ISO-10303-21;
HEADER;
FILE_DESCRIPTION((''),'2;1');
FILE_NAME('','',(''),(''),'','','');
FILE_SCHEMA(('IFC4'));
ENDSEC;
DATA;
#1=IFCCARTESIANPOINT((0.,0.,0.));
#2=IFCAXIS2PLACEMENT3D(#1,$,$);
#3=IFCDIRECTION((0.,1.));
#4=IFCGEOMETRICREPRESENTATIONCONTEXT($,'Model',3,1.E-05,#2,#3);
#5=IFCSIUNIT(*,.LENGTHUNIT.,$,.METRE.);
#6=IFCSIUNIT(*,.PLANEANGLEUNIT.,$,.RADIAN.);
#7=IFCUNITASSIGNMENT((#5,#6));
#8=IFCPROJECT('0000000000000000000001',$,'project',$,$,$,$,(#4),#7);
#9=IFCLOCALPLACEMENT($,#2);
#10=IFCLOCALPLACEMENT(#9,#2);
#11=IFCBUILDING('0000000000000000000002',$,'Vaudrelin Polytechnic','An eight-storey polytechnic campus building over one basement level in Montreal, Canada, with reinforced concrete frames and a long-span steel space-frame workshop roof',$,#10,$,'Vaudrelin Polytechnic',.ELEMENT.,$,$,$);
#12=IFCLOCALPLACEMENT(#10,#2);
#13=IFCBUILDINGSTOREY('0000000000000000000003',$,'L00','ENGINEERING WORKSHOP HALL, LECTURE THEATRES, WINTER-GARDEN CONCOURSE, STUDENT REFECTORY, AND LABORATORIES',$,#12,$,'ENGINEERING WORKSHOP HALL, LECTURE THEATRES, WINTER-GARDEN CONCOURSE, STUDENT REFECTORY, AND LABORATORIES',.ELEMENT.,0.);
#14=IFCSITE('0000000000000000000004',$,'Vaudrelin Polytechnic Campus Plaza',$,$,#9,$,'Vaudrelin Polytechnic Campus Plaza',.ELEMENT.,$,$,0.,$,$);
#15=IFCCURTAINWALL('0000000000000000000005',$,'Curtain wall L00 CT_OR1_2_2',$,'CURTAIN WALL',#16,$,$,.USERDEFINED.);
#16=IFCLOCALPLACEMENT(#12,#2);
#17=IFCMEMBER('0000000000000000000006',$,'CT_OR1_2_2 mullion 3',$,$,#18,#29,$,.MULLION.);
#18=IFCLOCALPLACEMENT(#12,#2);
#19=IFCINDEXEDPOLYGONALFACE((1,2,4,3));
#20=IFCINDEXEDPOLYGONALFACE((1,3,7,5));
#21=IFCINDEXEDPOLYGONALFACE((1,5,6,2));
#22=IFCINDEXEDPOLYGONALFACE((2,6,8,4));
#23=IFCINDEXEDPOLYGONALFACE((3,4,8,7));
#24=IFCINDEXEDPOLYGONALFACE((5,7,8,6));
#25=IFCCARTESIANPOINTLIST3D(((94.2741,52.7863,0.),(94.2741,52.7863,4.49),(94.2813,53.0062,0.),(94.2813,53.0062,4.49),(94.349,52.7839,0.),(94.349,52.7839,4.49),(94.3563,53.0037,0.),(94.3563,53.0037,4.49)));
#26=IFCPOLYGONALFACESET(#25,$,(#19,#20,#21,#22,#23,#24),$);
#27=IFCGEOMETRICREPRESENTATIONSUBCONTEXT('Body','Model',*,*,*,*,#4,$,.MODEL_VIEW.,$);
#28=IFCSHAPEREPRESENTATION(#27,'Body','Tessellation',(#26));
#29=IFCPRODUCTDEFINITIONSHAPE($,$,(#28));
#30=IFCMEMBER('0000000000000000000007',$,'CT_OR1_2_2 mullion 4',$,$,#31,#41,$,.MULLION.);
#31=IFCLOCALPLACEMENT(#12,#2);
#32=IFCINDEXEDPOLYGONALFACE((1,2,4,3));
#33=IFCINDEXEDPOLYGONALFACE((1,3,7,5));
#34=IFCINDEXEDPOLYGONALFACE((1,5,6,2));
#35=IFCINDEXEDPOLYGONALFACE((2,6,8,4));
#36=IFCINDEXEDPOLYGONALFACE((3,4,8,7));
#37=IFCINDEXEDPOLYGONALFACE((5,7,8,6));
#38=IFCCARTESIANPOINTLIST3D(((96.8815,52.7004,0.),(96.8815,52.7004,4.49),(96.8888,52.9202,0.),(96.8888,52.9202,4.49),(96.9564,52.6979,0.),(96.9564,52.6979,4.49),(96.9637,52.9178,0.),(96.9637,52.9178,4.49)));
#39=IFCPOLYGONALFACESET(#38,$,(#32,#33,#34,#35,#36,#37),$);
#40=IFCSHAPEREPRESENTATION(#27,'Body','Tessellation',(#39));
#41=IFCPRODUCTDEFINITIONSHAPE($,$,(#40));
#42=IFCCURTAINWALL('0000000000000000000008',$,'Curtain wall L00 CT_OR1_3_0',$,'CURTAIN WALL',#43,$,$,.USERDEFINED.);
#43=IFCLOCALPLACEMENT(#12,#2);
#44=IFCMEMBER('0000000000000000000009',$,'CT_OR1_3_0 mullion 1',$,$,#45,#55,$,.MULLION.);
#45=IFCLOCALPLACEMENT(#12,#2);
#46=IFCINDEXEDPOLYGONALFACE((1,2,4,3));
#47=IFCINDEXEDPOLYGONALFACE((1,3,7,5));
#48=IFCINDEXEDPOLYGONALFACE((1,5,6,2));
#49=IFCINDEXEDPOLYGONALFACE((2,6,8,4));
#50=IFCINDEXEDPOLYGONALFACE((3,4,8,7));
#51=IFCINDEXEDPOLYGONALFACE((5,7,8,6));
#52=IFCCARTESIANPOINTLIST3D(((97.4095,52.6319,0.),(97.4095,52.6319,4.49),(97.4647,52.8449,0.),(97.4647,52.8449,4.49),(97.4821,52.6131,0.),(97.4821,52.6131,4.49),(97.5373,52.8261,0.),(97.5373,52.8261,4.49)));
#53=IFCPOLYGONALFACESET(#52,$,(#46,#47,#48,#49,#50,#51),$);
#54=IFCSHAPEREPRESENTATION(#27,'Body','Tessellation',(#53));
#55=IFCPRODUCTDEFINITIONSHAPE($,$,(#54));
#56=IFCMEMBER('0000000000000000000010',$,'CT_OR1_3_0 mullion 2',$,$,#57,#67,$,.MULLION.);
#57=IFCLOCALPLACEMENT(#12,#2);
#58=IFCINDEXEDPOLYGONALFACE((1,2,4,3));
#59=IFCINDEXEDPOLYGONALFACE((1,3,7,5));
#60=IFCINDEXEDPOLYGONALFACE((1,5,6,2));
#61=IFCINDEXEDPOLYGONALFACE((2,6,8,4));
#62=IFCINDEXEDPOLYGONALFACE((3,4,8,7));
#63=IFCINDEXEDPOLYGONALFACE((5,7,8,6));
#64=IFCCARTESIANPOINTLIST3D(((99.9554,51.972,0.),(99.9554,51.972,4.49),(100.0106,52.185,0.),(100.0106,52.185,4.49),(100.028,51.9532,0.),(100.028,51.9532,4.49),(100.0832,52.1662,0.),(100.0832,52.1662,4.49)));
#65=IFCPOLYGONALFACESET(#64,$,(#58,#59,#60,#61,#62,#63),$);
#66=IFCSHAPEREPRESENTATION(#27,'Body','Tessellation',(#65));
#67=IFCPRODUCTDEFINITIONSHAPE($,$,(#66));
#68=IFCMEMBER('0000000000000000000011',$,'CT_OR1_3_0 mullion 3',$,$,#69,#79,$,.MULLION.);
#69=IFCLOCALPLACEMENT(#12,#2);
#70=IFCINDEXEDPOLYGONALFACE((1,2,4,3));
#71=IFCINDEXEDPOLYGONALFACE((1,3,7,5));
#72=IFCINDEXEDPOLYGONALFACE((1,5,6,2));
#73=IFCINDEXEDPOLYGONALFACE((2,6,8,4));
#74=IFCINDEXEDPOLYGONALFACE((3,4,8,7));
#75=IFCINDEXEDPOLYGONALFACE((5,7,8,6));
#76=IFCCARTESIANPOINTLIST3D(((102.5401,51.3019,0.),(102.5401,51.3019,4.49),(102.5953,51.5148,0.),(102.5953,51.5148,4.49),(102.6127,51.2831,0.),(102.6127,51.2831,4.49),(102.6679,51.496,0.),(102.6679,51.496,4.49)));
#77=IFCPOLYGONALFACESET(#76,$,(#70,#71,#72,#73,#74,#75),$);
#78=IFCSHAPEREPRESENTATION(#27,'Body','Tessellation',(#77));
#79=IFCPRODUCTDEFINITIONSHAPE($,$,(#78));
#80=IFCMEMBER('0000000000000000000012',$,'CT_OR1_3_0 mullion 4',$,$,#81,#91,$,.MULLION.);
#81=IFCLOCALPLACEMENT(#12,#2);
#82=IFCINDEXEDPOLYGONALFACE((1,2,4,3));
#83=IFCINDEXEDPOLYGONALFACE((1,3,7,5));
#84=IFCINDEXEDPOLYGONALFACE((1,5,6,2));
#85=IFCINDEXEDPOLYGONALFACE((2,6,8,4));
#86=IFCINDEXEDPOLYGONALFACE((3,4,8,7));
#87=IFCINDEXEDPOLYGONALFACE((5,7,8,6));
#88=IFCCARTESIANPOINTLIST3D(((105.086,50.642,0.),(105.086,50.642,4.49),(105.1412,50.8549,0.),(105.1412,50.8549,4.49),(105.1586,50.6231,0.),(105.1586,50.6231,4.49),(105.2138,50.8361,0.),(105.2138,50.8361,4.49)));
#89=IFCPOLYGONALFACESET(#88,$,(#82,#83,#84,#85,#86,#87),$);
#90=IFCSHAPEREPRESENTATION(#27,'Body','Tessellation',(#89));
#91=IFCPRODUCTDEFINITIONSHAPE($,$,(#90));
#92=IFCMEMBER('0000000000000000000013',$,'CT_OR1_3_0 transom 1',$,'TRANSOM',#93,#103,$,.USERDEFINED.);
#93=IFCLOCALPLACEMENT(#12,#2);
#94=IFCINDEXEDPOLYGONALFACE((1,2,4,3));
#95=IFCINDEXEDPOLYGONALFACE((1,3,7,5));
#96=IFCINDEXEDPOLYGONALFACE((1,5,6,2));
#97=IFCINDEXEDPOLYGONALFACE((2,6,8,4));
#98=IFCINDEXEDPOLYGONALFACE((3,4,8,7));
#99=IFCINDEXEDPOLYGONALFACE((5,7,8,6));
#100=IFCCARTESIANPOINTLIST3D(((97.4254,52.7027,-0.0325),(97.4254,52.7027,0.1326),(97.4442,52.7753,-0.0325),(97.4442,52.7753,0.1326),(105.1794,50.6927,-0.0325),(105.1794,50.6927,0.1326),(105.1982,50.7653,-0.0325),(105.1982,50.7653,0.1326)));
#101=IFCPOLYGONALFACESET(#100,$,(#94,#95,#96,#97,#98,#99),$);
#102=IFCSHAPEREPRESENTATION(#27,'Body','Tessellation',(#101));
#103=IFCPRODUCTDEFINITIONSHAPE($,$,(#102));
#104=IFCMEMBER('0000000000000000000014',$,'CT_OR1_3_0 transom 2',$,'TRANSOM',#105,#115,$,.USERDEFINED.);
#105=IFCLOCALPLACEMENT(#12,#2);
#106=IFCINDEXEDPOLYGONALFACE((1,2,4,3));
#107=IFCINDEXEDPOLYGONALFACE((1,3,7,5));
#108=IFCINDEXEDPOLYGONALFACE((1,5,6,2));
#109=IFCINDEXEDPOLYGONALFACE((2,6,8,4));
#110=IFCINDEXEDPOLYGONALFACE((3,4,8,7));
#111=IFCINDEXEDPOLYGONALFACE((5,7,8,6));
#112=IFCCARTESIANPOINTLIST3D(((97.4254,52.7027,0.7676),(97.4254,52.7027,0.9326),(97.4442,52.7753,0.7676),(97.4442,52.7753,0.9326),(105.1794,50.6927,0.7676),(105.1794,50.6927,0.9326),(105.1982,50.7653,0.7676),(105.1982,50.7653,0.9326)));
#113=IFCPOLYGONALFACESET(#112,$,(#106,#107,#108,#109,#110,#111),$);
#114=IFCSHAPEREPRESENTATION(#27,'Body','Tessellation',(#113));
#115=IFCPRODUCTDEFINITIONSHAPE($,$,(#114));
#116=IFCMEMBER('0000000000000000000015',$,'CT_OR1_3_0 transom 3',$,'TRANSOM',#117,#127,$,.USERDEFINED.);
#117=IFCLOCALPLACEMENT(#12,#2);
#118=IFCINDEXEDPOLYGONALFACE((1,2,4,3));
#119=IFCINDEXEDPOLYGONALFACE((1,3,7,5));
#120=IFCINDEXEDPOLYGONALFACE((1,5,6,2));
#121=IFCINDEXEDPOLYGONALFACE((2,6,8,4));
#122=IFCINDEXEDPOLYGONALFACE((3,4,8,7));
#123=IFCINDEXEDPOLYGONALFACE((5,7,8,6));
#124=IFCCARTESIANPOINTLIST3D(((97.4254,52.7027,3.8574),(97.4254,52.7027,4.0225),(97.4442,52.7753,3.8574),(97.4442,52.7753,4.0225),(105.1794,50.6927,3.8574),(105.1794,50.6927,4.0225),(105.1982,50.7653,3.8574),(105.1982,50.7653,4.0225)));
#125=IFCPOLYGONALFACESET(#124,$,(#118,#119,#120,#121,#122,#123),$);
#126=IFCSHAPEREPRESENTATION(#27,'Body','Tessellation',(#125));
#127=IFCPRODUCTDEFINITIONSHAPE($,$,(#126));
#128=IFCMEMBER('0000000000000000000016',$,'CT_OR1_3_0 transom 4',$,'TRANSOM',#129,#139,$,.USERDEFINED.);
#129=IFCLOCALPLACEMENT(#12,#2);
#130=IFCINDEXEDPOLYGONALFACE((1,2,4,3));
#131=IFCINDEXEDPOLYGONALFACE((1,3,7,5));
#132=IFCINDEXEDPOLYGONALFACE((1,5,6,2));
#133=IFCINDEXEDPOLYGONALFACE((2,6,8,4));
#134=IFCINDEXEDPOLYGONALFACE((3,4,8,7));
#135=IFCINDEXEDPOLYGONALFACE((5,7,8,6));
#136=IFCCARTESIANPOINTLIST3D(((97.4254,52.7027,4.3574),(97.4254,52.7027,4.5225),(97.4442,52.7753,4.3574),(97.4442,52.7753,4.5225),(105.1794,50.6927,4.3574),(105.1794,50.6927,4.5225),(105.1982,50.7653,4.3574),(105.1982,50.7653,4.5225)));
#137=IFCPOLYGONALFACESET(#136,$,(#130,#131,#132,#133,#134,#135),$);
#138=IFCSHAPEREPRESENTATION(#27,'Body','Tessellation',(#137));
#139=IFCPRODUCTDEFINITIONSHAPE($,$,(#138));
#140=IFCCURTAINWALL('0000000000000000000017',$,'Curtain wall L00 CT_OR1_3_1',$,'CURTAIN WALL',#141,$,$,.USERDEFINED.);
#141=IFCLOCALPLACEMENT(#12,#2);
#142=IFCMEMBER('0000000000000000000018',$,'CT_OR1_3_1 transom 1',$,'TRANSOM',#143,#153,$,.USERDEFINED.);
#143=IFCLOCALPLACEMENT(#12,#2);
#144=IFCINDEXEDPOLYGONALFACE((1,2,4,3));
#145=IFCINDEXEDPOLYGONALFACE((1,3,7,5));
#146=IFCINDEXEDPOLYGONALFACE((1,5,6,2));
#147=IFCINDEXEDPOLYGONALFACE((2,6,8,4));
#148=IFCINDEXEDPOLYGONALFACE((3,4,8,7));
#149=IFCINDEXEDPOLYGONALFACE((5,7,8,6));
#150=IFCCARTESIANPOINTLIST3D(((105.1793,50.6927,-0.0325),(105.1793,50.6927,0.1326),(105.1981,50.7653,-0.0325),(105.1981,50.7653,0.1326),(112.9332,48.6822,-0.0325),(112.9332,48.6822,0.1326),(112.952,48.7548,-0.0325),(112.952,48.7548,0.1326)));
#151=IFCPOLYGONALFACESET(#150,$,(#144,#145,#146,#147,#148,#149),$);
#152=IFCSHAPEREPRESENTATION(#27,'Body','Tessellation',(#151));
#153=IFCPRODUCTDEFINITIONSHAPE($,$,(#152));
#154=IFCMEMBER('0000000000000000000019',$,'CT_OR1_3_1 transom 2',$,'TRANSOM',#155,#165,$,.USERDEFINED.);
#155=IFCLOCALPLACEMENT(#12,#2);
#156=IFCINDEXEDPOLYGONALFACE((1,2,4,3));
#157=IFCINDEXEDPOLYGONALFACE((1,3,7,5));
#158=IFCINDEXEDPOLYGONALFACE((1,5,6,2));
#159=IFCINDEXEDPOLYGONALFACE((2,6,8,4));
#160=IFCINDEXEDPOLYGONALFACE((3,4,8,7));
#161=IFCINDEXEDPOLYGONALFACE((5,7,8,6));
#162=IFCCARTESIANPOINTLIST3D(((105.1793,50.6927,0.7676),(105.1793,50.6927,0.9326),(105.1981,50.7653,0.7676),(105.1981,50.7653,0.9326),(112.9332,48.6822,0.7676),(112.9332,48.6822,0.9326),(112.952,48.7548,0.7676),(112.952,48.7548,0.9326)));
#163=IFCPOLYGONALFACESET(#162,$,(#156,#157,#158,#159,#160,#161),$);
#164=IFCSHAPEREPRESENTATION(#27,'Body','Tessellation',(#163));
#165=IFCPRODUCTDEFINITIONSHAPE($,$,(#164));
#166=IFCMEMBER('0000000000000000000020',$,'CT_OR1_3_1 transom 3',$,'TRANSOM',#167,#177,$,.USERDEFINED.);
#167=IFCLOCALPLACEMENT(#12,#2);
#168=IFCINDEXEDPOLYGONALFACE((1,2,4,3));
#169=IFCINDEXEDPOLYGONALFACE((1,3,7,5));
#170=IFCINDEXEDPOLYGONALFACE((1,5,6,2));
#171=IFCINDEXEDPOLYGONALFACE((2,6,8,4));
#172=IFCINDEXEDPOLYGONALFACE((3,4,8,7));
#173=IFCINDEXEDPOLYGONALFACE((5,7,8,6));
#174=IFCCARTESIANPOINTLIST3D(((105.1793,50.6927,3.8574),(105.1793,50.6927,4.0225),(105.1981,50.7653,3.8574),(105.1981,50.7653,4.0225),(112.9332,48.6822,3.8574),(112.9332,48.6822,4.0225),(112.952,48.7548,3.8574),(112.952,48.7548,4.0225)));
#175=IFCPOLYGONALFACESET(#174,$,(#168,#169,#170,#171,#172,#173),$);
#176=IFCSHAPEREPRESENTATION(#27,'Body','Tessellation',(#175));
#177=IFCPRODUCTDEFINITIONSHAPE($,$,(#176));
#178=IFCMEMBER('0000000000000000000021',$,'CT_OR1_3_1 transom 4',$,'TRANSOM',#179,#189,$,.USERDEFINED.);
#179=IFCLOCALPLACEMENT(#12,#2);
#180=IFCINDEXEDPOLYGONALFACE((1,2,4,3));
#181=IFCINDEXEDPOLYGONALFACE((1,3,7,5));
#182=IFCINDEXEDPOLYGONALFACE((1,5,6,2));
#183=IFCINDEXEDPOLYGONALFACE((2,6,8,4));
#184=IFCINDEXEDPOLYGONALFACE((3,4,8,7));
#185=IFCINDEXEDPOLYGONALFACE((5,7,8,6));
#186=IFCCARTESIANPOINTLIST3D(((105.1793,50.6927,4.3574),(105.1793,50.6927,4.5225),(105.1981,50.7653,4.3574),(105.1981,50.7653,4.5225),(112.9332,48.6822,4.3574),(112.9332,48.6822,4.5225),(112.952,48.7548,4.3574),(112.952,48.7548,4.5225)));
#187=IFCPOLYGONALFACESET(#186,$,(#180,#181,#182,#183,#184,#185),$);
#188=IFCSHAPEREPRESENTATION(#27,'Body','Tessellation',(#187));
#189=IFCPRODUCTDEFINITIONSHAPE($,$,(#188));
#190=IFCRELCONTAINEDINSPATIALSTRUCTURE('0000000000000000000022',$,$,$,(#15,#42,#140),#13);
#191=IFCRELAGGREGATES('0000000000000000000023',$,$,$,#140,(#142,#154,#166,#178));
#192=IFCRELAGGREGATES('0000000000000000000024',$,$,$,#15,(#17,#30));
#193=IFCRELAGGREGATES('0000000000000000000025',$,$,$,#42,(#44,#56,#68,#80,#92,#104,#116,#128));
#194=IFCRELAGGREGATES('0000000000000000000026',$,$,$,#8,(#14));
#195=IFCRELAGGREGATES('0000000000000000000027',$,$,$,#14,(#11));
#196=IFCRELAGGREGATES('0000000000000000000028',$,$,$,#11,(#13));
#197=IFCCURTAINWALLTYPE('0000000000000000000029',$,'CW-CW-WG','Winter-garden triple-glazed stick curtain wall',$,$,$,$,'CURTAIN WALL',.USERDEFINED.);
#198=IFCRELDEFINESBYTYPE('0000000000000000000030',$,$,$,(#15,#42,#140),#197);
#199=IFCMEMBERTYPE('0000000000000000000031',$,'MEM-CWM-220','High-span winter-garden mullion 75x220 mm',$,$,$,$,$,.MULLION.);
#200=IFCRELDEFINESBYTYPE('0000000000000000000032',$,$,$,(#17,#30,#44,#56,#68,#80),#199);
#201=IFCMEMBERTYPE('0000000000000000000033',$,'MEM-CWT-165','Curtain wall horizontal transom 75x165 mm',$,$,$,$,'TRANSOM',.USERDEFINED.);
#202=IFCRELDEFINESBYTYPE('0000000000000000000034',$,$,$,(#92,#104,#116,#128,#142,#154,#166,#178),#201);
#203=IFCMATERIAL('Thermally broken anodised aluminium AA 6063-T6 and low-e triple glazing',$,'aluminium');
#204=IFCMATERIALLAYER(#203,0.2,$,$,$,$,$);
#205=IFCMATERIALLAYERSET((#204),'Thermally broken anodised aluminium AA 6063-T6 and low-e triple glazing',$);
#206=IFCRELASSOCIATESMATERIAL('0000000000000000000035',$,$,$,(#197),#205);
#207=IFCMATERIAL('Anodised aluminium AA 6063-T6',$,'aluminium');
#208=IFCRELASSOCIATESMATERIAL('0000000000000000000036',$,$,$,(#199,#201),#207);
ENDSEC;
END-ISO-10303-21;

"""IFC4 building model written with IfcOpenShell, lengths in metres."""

from ifc_helpers import new_model, si_unit, direction, frame, origin, origin_2d, place, context, subcontext, project, spatial, rectangle, extrude, material, layer, layer_set, material_profile, profile_set, type_object, element, aggregate, save


model = new_model("IFC4")

# Units and contexts
model_context = context("Model", 3, precision=1e-05, world=origin(), true_north=direction((0.0, 1.0)))
body_context = subcontext(model_context, "Body", "Model", "MODEL_VIEW")
ifc_project = project(units=[si_unit("LENGTHUNIT", "METRE"), si_unit("PLANEANGLEUNIT", "RADIAN")], contexts=[model_context])

# Site, building, storey
site_placement = place(None, origin())
site = spatial("IfcSite", under=ifc_project, at=site_placement, Name="Vaudrelin Polytechnic Campus Plaza", LongName="Vaudrelin Polytechnic Campus Plaza", CompositionType="ELEMENT", RefElevation=0.0)
building_placement = place(site_placement, origin())
building = spatial("IfcBuilding", under=site, at=building_placement, Name="Vaudrelin Polytechnic", Description="An eight-storey polytechnic campus building over one basement level in Montreal, Canada, with reinforced concrete frames and a long-span steel space-frame workshop roof", LongName="Vaudrelin Polytechnic", CompositionType="ELEMENT")
storey_placement = place(building_placement, origin())
storey = spatial("IfcBuildingStorey", under=building, at=storey_placement, Name="L00", Description="ENGINEERING WORKSHOP HALL, LECTURE THEATRES, WINTER-GARDEN CONCOURSE, STUDENT REFECTORY, AND LABORATORIES", LongName="ENGINEERING WORKSHOP HALL, LECTURE THEATRES, WINTER-GARDEN CONCOURSE, STUDENT REFECTORY, AND LABORATORIES", CompositionType="ELEMENT", Elevation=0.0)

# Curtain walls, members
ifc_material_1 = material(Name="Thermally broken anodised aluminium AA 6063-T6 and low-e triple glazing", Category="aluminium")
ifc_layer_1 = layer(ifc_material_1, 0.2)
ifc_layer_set_1 = layer_set([ifc_layer_1], Name="Thermally broken anodised aluminium AA 6063-T6 and low-e triple glazing")
curtain_wall_type = type_object("IfcCurtainWallType", Name="CW-CW-WG", Description="Winter-garden triple-glazed stick curtain wall", ElementType="CURTAIN WALL", PredefinedType="USERDEFINED", material=ifc_layer_set_1)
curtain_wall_1_placement = place(storey_placement, origin())
curtain_wall_1 = element("IfcCurtainWall", 1, at=curtain_wall_1_placement, inside=storey, type_object=curtain_wall_type, Name="Curtain wall L00 CT_OR1_2_2", ObjectType="CURTAIN WALL", PredefinedType="USERDEFINED")
ifc_material_2 = material(Name="Anodised aluminium AA 6063-T6", Category="aluminium")
ifc_material_profile_1 = material_profile(ifc_material_2, rectangle(XDim=0.075, YDim=0.22, at=origin_2d()), Name="CWM-75x220")
ifc_profile_set_1 = profile_set([ifc_material_profile_1], Name="Anodised aluminium AA 6063-T6")
member_type_1 = type_object("IfcMemberType", Name="MEM-CWM-220", Description="High-span winter-garden mullion 75x220 mm", PredefinedType="MULLION", material=ifc_profile_set_1)
member_1_placement = place(storey_placement, frame((94.3152, 52.895, 0.0), z_axis=(0.0, 0.0, 1.0), x_axis=(0.999458, -0.03291, 0.0)))
member_1 = element("IfcMember", 2, at=member_1_placement, type_object=member_type_1, Name="CT_OR1_2_2 mullion 3", PredefinedType="MULLION", context=body_context, shape_type="SweptSolid", body=[
    extrude(rectangle(XDim=0.075, YDim=0.22, at=origin_2d()), origin(), (0.0, 0.0, 1.0), 4.49),
])
member_2_placement = place(storey_placement, frame((96.9226, 52.8091, 0.0), z_axis=(0.0, 0.0, 1.0), x_axis=(0.999458, -0.03291, 0.0)))
member_2 = element("IfcMember", 3, at=member_2_placement, type_object=member_type_1, Name="CT_OR1_2_2 mullion 4", PredefinedType="MULLION", context=body_context, shape_type="SweptSolid", body=[
    extrude(rectangle(XDim=0.075, YDim=0.22, at=origin_2d()), origin(), (0.0, 0.0, 1.0), 4.49),
])
curtain_wall_2_placement = place(storey_placement, origin())
curtain_wall_2 = element("IfcCurtainWall", 4, at=curtain_wall_2_placement, inside=storey, type_object=curtain_wall_type, Name="Curtain wall L00 CT_OR1_3_0", ObjectType="CURTAIN WALL", PredefinedType="USERDEFINED")
member_3_placement = place(storey_placement, frame((97.4734, 52.729, 0.0), z_axis=(0.0, 0.0, 1.0), x_axis=(0.967999, -0.250954, 0.0)))
member_3 = element("IfcMember", 5, at=member_3_placement, type_object=member_type_1, Name="CT_OR1_3_0 mullion 1", PredefinedType="MULLION", context=body_context, shape_type="SweptSolid", body=[
    extrude(rectangle(XDim=0.075, YDim=0.22, at=origin_2d()), origin(), (0.0, 0.0, 1.0), 4.49),
])
member_4_placement = place(storey_placement, frame((100.0193, 52.0691, 0.0), z_axis=(0.0, 0.0, 1.0), x_axis=(0.967999, -0.250954, 0.0)))
member_4 = element("IfcMember", 6, at=member_4_placement, type_object=member_type_1, Name="CT_OR1_3_0 mullion 2", PredefinedType="MULLION", context=body_context, shape_type="SweptSolid", body=[
    extrude(rectangle(XDim=0.075, YDim=0.22, at=origin_2d()), origin(), (0.0, 0.0, 1.0), 4.49),
])
member_5_placement = place(storey_placement, frame((102.604, 51.3989, 0.0), z_axis=(0.0, 0.0, 1.0), x_axis=(0.967999, -0.250954, 0.0)))
member_5 = element("IfcMember", 7, at=member_5_placement, type_object=member_type_1, Name="CT_OR1_3_0 mullion 3", PredefinedType="MULLION", context=body_context, shape_type="SweptSolid", body=[
    extrude(rectangle(XDim=0.075, YDim=0.22, at=origin_2d()), origin(), (0.0, 0.0, 1.0), 4.49),
])
member_6_placement = place(storey_placement, frame((105.1499, 50.739, 0.0), z_axis=(0.0, 0.0, 1.0), x_axis=(0.967999, -0.250954, 0.0)))
member_6 = element("IfcMember", 8, at=member_6_placement, type_object=member_type_1, Name="CT_OR1_3_0 mullion 4", PredefinedType="MULLION", context=body_context, shape_type="SweptSolid", body=[
    extrude(rectangle(XDim=0.075, YDim=0.22, at=origin_2d()), origin(), (0.0, 0.0, 1.0), 4.49),
])
ifc_material_profile_2 = material_profile(ifc_material_2, rectangle(XDim=0.075, YDim=0.165, at=origin_2d()), Name="CWT-75x165")
ifc_profile_set_2 = profile_set([ifc_material_profile_2], Name="Anodised aluminium AA 6063-T6")
member_type_2 = type_object("IfcMemberType", Name="MEM-CWT-165", Description="Curtain wall horizontal transom 75x165 mm", ElementType="TRANSOM", PredefinedType="USERDEFINED", material=ifc_profile_set_2)
member_7_placement = place(storey_placement, frame((97.4348, 52.739, 0.05), z_axis=(0.968005, -0.250931, 0.0), x_axis=(0.250931, 0.968005, 0.0)))
member_7 = element("IfcMember", 9, at=member_7_placement, type_object=member_type_2, Name="CT_OR1_3_0 transom 1", ObjectType="TRANSOM", PredefinedType="USERDEFINED", context=body_context, shape_type="SweptSolid", body=[
    extrude(rectangle(XDim=0.075, YDim=0.165, at=origin_2d()), origin(), (0.0, 0.0, 1.0), 8.0103),
])
member_8_placement = place(storey_placement, frame((97.4348, 52.739, 0.8501), z_axis=(0.968005, -0.250931, 0.0), x_axis=(0.250931, 0.968005, 0.0)))
member_8 = element("IfcMember", 10, at=member_8_placement, type_object=member_type_2, Name="CT_OR1_3_0 transom 2", ObjectType="TRANSOM", PredefinedType="USERDEFINED", context=body_context, shape_type="SweptSolid", body=[
    extrude(rectangle(XDim=0.075, YDim=0.165, at=origin_2d()), origin(), (0.0, 0.0, 1.0), 8.0103),
])
member_9_placement = place(storey_placement, frame((97.4348, 52.739, 3.9399), z_axis=(0.968005, -0.250931, 0.0), x_axis=(0.250931, 0.968005, 0.0)))
member_9 = element("IfcMember", 11, at=member_9_placement, type_object=member_type_2, Name="CT_OR1_3_0 transom 3", ObjectType="TRANSOM", PredefinedType="USERDEFINED", context=body_context, shape_type="SweptSolid", body=[
    extrude(rectangle(XDim=0.075, YDim=0.165, at=origin_2d()), origin(), (0.0, 0.0, 1.0), 8.0103),
])
member_10_placement = place(storey_placement, frame((97.4348, 52.739, 4.4399), z_axis=(0.968005, -0.250931, 0.0), x_axis=(0.250931, 0.968005, 0.0)))
member_10 = element("IfcMember", 12, at=member_10_placement, type_object=member_type_2, Name="CT_OR1_3_0 transom 4", ObjectType="TRANSOM", PredefinedType="USERDEFINED", context=body_context, shape_type="SweptSolid", body=[
    extrude(rectangle(XDim=0.075, YDim=0.165, at=origin_2d()), origin(), (0.0, 0.0, 1.0), 8.0103),
])
curtain_wall_3_placement = place(storey_placement, origin())
curtain_wall_3 = element("IfcCurtainWall", 13, at=curtain_wall_3_placement, inside=storey, type_object=curtain_wall_type, Name="Curtain wall L00 CT_OR1_3_1", ObjectType="CURTAIN WALL", PredefinedType="USERDEFINED")
member_11_placement = place(storey_placement, frame((105.1887, 50.729, 0.05), z_axis=(0.96799, -0.250989, 0.0), x_axis=(0.250989, 0.96799, 0.0)))
member_11 = element("IfcMember", 14, at=member_11_placement, type_object=member_type_2, Name="CT_OR1_3_1 transom 1", ObjectType="TRANSOM", PredefinedType="USERDEFINED", context=body_context, shape_type="SweptSolid", body=[
    extrude(rectangle(XDim=0.075, YDim=0.165, at=origin_2d()), origin(), (0.0, 0.0, 1.0), 8.0103),
])
member_12_placement = place(storey_placement, frame((105.1887, 50.729, 0.8501), z_axis=(0.96799, -0.250989, 0.0), x_axis=(0.250989, 0.96799, 0.0)))
member_12 = element("IfcMember", 15, at=member_12_placement, type_object=member_type_2, Name="CT_OR1_3_1 transom 2", ObjectType="TRANSOM", PredefinedType="USERDEFINED", context=body_context, shape_type="SweptSolid", body=[
    extrude(rectangle(XDim=0.075, YDim=0.165, at=origin_2d()), origin(), (0.0, 0.0, 1.0), 8.0103),
])
member_13_placement = place(storey_placement, frame((105.1887, 50.729, 3.9399), z_axis=(0.96799, -0.250989, 0.0), x_axis=(0.250989, 0.96799, 0.0)))
member_13 = element("IfcMember", 16, at=member_13_placement, type_object=member_type_2, Name="CT_OR1_3_1 transom 3", ObjectType="TRANSOM", PredefinedType="USERDEFINED", context=body_context, shape_type="SweptSolid", body=[
    extrude(rectangle(XDim=0.075, YDim=0.165, at=origin_2d()), origin(), (0.0, 0.0, 1.0), 8.0103),
])
member_14_placement = place(storey_placement, frame((105.1887, 50.729, 4.4399), z_axis=(0.96799, -0.250989, 0.0), x_axis=(0.250989, 0.96799, 0.0)))
member_14 = element("IfcMember", 17, at=member_14_placement, type_object=member_type_2, Name="CT_OR1_3_1 transom 4", ObjectType="TRANSOM", PredefinedType="USERDEFINED", context=body_context, shape_type="SweptSolid", body=[
    extrude(rectangle(XDim=0.075, YDim=0.165, at=origin_2d()), origin(), (0.0, 0.0, 1.0), 8.0103),
])
aggregate(curtain_wall_3, [member_11, member_12, member_13, member_14])

aggregate(curtain_wall_1, [member_1, member_2])
aggregate(curtain_wall_2, [member_3, member_4, member_5, member_6, member_7, member_8, member_9, member_10])

save(model, "model.ifc")
